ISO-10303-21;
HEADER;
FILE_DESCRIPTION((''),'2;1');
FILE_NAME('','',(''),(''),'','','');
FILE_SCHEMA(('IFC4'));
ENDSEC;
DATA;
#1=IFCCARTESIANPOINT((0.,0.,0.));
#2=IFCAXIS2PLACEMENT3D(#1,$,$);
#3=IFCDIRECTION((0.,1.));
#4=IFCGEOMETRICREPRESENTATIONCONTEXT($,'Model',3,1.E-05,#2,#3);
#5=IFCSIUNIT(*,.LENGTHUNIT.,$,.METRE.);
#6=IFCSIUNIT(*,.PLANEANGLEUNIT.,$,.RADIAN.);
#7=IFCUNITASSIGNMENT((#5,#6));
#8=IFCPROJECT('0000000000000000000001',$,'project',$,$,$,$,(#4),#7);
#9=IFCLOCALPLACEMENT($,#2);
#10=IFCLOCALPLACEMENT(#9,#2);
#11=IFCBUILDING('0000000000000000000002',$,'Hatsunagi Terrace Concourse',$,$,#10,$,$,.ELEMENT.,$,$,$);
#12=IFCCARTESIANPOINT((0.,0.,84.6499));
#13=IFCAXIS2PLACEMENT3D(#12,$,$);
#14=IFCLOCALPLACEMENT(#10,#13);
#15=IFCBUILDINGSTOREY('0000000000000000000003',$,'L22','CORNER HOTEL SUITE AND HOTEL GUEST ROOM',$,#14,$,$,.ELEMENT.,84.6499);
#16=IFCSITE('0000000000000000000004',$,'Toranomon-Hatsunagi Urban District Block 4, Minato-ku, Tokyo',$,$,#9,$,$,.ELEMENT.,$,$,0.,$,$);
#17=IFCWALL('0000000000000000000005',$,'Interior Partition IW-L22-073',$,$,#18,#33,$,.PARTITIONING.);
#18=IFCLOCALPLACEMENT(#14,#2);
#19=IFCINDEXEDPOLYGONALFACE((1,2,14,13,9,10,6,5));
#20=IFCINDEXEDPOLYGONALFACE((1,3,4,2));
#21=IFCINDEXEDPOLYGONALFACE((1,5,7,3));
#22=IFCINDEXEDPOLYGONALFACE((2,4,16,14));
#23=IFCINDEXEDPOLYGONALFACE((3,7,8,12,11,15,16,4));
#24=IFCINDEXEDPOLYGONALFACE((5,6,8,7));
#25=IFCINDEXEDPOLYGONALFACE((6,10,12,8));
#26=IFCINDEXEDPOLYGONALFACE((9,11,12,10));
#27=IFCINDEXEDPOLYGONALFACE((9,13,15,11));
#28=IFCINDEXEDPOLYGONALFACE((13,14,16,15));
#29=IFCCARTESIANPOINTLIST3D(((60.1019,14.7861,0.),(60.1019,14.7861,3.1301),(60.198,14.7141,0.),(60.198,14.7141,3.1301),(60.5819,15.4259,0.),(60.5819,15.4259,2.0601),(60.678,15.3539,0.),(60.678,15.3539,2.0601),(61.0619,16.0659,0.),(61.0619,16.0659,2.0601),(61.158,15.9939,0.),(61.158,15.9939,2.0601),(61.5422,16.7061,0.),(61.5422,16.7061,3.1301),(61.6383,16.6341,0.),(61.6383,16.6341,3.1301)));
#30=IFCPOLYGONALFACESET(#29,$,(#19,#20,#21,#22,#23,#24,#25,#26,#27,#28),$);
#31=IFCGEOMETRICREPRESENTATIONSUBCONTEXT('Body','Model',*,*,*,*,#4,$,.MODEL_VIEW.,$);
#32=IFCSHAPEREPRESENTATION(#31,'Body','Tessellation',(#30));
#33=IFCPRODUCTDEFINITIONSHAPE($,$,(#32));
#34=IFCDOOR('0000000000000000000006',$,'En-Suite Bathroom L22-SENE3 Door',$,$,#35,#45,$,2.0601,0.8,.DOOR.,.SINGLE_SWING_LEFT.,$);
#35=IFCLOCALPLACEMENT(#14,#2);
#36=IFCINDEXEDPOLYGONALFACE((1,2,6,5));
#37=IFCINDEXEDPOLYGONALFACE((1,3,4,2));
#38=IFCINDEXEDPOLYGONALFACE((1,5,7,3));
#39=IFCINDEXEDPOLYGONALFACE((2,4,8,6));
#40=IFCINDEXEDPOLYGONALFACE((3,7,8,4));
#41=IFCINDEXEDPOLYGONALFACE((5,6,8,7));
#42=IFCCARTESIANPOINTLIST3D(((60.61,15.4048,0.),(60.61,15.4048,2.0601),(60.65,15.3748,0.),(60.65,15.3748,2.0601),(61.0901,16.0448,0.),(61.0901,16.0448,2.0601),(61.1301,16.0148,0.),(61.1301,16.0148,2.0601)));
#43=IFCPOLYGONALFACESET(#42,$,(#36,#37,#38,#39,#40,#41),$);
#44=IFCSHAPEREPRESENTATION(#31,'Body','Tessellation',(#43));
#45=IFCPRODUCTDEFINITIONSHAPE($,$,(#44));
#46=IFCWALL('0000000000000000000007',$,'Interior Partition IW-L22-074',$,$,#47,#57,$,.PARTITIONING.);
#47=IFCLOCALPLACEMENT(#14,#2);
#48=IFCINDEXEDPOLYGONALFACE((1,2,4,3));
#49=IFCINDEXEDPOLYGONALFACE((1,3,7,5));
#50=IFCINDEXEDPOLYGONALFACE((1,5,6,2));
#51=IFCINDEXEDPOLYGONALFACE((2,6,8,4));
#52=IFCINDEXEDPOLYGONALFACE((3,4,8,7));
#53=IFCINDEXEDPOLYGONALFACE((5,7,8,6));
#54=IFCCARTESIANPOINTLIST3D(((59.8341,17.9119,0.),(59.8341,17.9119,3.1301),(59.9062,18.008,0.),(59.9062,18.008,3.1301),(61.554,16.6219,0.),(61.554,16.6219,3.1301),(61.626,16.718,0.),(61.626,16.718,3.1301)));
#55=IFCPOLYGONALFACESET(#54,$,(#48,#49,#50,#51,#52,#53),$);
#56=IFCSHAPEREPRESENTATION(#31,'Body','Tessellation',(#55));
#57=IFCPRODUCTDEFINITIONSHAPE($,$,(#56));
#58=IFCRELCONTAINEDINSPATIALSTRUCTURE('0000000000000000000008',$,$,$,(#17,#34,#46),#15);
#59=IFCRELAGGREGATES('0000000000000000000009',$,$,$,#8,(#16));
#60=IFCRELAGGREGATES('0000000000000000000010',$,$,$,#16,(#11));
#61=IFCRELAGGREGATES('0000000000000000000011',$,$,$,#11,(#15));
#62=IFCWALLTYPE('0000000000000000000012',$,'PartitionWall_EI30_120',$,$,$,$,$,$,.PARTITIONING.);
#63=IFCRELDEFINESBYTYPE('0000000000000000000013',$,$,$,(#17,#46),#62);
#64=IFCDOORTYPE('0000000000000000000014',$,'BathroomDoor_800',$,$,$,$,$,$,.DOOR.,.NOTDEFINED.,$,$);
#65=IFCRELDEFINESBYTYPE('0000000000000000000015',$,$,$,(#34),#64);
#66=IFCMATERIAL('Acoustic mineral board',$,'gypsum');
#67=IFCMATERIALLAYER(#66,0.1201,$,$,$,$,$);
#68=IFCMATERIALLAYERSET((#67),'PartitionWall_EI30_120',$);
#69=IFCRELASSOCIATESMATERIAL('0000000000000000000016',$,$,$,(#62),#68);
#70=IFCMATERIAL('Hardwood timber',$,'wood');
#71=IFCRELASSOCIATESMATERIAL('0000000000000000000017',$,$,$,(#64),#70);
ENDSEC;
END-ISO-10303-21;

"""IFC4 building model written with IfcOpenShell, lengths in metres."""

from ifc_helpers import new_model, si_unit, direction, frame, frame_2d, origin, place, context, subcontext, project, spatial, rectangle, extrude, material, layer, layer_set, type_object, element, fill, save


model = new_model("IFC4")

# Units and contexts
model_context = context("Model", 3, precision=1e-05, world=origin(), true_north=direction((0.0, 1.0)))
body_context = subcontext(model_context, "Body", "Model", "MODEL_VIEW")
ifc_project = project(units=[si_unit("LENGTHUNIT", "METRE"), si_unit("PLANEANGLEUNIT", "RADIAN")], contexts=[model_context])

# Site, building, storey
site_placement = place(None, origin())
site = spatial("IfcSite", under=ifc_project, at=site_placement, Name="Toranomon-Hatsunagi Urban District Block 4, Minato-ku, Tokyo", CompositionType="ELEMENT", RefElevation=0.0)
building_placement = place(site_placement, origin())
building = spatial("IfcBuilding", under=site, at=building_placement, Name="Hatsunagi Terrace Concourse", CompositionType="ELEMENT")
storey_placement = place(building_placement, frame((0.0, 0.0, 84.6499)))
storey = spatial("IfcBuildingStorey", under=building, at=storey_placement, Name="L22", Description="CORNER HOTEL SUITE AND HOTEL GUEST ROOM", CompositionType="ELEMENT", Elevation=84.6499)

# Wall, opening, door
ifc_material_1 = material(Name="Acoustic mineral board", Category="gypsum")
ifc_layer_1 = layer(ifc_material_1, 0.1201)
ifc_layer_set_1 = layer_set([ifc_layer_1], Name="PartitionWall_EI30_120")
wall_type_1 = type_object("IfcWallType", Name="PartitionWall_EI30_120", PredefinedType="PARTITIONING", material=ifc_layer_set_1)
wall_1_placement = place(storey_placement, frame((60.1499, 14.75, 0.0), z_axis=(0.0, 0.0, 1.0), x_axis=(0.600065, 0.799951, 0.0)))
wall_1 = element("IfcWall", 1, at=wall_1_placement, inside=storey, type_object=wall_type_1, Name="Interior Partition IW-L22-073", PredefinedType="PARTITIONING", context=body_context, shape_type="SweptSolid", body=[
    extrude(rectangle(XDim=2.4001, YDim=0.1201, at=frame_2d((1.2002, 0.0))), origin(), (0.0, 0.0, 1.0), 3.1301),
])
opening_1_placement = place(wall_1_placement, frame((0.8, 0.0, 0.0)))
opening_1 = element("IfcOpeningElement", 2, at=opening_1_placement, cuts=wall_1, PredefinedType="OPENING", context=body_context, shape_type="SweptSolid", body=[
    extrude(rectangle(XDim=0.8, YDim=2.0601, at=frame_2d((0.3999, 1.03))), frame((0.0, 0.0701, 0.0), z_axis=(0.0, -1.0, 0.0), x_axis=(1.0, 0.0, 0.0)), (0.0, 0.0, 1.0), 0.1401),
])
ifc_material_2 = material(Name="Hardwood timber", Category="wood")
door_type_1 = type_object("IfcDoorType", Name="BathroomDoor_800", OperationType="NOTDEFINED", PredefinedType="DOOR", material=ifc_material_2)
door_1_placement = place(opening_1_placement, origin())
door_1 = element("IfcDoor", 3, at=door_1_placement, inside=storey, type_object=door_type_1, Name="En-Suite Bathroom L22-SENE3 Door", OperationType="SINGLE_SWING_LEFT", OverallHeight=2.0601, OverallWidth=0.8, PredefinedType="DOOR", context=body_context, shape_type="SweptSolid", body=[
    extrude(rectangle(XDim=0.8, YDim=2.0601, at=frame_2d((0.3999, 1.03))), frame((0.0, 0.0249, 0.0), z_axis=(0.0, -1.0, 0.0), x_axis=(1.0, 0.0, 0.0)), (0.0, 0.0, 1.0), 0.05),
])
fill(opening_1, door_1)

# Wall
wall_2_placement = place(storey_placement, frame((59.8701, 17.96, 0.0), z_axis=(0.0, 0.0, 1.0), x_axis=(0.799986, -0.600018, 0.0)))
element("IfcWall", 4, at=wall_2_placement, inside=storey, type_object=wall_type_1, Name="Interior Partition IW-L22-074", PredefinedType="PARTITIONING", context=body_context, shape_type="SweptSolid", body=[
    extrude(rectangle(XDim=2.1499, YDim=0.1201, at=frame_2d((1.075, 0.0))), origin(), (0.0, 0.0, 1.0), 3.1301),
])

save(model, "model.ifc")
